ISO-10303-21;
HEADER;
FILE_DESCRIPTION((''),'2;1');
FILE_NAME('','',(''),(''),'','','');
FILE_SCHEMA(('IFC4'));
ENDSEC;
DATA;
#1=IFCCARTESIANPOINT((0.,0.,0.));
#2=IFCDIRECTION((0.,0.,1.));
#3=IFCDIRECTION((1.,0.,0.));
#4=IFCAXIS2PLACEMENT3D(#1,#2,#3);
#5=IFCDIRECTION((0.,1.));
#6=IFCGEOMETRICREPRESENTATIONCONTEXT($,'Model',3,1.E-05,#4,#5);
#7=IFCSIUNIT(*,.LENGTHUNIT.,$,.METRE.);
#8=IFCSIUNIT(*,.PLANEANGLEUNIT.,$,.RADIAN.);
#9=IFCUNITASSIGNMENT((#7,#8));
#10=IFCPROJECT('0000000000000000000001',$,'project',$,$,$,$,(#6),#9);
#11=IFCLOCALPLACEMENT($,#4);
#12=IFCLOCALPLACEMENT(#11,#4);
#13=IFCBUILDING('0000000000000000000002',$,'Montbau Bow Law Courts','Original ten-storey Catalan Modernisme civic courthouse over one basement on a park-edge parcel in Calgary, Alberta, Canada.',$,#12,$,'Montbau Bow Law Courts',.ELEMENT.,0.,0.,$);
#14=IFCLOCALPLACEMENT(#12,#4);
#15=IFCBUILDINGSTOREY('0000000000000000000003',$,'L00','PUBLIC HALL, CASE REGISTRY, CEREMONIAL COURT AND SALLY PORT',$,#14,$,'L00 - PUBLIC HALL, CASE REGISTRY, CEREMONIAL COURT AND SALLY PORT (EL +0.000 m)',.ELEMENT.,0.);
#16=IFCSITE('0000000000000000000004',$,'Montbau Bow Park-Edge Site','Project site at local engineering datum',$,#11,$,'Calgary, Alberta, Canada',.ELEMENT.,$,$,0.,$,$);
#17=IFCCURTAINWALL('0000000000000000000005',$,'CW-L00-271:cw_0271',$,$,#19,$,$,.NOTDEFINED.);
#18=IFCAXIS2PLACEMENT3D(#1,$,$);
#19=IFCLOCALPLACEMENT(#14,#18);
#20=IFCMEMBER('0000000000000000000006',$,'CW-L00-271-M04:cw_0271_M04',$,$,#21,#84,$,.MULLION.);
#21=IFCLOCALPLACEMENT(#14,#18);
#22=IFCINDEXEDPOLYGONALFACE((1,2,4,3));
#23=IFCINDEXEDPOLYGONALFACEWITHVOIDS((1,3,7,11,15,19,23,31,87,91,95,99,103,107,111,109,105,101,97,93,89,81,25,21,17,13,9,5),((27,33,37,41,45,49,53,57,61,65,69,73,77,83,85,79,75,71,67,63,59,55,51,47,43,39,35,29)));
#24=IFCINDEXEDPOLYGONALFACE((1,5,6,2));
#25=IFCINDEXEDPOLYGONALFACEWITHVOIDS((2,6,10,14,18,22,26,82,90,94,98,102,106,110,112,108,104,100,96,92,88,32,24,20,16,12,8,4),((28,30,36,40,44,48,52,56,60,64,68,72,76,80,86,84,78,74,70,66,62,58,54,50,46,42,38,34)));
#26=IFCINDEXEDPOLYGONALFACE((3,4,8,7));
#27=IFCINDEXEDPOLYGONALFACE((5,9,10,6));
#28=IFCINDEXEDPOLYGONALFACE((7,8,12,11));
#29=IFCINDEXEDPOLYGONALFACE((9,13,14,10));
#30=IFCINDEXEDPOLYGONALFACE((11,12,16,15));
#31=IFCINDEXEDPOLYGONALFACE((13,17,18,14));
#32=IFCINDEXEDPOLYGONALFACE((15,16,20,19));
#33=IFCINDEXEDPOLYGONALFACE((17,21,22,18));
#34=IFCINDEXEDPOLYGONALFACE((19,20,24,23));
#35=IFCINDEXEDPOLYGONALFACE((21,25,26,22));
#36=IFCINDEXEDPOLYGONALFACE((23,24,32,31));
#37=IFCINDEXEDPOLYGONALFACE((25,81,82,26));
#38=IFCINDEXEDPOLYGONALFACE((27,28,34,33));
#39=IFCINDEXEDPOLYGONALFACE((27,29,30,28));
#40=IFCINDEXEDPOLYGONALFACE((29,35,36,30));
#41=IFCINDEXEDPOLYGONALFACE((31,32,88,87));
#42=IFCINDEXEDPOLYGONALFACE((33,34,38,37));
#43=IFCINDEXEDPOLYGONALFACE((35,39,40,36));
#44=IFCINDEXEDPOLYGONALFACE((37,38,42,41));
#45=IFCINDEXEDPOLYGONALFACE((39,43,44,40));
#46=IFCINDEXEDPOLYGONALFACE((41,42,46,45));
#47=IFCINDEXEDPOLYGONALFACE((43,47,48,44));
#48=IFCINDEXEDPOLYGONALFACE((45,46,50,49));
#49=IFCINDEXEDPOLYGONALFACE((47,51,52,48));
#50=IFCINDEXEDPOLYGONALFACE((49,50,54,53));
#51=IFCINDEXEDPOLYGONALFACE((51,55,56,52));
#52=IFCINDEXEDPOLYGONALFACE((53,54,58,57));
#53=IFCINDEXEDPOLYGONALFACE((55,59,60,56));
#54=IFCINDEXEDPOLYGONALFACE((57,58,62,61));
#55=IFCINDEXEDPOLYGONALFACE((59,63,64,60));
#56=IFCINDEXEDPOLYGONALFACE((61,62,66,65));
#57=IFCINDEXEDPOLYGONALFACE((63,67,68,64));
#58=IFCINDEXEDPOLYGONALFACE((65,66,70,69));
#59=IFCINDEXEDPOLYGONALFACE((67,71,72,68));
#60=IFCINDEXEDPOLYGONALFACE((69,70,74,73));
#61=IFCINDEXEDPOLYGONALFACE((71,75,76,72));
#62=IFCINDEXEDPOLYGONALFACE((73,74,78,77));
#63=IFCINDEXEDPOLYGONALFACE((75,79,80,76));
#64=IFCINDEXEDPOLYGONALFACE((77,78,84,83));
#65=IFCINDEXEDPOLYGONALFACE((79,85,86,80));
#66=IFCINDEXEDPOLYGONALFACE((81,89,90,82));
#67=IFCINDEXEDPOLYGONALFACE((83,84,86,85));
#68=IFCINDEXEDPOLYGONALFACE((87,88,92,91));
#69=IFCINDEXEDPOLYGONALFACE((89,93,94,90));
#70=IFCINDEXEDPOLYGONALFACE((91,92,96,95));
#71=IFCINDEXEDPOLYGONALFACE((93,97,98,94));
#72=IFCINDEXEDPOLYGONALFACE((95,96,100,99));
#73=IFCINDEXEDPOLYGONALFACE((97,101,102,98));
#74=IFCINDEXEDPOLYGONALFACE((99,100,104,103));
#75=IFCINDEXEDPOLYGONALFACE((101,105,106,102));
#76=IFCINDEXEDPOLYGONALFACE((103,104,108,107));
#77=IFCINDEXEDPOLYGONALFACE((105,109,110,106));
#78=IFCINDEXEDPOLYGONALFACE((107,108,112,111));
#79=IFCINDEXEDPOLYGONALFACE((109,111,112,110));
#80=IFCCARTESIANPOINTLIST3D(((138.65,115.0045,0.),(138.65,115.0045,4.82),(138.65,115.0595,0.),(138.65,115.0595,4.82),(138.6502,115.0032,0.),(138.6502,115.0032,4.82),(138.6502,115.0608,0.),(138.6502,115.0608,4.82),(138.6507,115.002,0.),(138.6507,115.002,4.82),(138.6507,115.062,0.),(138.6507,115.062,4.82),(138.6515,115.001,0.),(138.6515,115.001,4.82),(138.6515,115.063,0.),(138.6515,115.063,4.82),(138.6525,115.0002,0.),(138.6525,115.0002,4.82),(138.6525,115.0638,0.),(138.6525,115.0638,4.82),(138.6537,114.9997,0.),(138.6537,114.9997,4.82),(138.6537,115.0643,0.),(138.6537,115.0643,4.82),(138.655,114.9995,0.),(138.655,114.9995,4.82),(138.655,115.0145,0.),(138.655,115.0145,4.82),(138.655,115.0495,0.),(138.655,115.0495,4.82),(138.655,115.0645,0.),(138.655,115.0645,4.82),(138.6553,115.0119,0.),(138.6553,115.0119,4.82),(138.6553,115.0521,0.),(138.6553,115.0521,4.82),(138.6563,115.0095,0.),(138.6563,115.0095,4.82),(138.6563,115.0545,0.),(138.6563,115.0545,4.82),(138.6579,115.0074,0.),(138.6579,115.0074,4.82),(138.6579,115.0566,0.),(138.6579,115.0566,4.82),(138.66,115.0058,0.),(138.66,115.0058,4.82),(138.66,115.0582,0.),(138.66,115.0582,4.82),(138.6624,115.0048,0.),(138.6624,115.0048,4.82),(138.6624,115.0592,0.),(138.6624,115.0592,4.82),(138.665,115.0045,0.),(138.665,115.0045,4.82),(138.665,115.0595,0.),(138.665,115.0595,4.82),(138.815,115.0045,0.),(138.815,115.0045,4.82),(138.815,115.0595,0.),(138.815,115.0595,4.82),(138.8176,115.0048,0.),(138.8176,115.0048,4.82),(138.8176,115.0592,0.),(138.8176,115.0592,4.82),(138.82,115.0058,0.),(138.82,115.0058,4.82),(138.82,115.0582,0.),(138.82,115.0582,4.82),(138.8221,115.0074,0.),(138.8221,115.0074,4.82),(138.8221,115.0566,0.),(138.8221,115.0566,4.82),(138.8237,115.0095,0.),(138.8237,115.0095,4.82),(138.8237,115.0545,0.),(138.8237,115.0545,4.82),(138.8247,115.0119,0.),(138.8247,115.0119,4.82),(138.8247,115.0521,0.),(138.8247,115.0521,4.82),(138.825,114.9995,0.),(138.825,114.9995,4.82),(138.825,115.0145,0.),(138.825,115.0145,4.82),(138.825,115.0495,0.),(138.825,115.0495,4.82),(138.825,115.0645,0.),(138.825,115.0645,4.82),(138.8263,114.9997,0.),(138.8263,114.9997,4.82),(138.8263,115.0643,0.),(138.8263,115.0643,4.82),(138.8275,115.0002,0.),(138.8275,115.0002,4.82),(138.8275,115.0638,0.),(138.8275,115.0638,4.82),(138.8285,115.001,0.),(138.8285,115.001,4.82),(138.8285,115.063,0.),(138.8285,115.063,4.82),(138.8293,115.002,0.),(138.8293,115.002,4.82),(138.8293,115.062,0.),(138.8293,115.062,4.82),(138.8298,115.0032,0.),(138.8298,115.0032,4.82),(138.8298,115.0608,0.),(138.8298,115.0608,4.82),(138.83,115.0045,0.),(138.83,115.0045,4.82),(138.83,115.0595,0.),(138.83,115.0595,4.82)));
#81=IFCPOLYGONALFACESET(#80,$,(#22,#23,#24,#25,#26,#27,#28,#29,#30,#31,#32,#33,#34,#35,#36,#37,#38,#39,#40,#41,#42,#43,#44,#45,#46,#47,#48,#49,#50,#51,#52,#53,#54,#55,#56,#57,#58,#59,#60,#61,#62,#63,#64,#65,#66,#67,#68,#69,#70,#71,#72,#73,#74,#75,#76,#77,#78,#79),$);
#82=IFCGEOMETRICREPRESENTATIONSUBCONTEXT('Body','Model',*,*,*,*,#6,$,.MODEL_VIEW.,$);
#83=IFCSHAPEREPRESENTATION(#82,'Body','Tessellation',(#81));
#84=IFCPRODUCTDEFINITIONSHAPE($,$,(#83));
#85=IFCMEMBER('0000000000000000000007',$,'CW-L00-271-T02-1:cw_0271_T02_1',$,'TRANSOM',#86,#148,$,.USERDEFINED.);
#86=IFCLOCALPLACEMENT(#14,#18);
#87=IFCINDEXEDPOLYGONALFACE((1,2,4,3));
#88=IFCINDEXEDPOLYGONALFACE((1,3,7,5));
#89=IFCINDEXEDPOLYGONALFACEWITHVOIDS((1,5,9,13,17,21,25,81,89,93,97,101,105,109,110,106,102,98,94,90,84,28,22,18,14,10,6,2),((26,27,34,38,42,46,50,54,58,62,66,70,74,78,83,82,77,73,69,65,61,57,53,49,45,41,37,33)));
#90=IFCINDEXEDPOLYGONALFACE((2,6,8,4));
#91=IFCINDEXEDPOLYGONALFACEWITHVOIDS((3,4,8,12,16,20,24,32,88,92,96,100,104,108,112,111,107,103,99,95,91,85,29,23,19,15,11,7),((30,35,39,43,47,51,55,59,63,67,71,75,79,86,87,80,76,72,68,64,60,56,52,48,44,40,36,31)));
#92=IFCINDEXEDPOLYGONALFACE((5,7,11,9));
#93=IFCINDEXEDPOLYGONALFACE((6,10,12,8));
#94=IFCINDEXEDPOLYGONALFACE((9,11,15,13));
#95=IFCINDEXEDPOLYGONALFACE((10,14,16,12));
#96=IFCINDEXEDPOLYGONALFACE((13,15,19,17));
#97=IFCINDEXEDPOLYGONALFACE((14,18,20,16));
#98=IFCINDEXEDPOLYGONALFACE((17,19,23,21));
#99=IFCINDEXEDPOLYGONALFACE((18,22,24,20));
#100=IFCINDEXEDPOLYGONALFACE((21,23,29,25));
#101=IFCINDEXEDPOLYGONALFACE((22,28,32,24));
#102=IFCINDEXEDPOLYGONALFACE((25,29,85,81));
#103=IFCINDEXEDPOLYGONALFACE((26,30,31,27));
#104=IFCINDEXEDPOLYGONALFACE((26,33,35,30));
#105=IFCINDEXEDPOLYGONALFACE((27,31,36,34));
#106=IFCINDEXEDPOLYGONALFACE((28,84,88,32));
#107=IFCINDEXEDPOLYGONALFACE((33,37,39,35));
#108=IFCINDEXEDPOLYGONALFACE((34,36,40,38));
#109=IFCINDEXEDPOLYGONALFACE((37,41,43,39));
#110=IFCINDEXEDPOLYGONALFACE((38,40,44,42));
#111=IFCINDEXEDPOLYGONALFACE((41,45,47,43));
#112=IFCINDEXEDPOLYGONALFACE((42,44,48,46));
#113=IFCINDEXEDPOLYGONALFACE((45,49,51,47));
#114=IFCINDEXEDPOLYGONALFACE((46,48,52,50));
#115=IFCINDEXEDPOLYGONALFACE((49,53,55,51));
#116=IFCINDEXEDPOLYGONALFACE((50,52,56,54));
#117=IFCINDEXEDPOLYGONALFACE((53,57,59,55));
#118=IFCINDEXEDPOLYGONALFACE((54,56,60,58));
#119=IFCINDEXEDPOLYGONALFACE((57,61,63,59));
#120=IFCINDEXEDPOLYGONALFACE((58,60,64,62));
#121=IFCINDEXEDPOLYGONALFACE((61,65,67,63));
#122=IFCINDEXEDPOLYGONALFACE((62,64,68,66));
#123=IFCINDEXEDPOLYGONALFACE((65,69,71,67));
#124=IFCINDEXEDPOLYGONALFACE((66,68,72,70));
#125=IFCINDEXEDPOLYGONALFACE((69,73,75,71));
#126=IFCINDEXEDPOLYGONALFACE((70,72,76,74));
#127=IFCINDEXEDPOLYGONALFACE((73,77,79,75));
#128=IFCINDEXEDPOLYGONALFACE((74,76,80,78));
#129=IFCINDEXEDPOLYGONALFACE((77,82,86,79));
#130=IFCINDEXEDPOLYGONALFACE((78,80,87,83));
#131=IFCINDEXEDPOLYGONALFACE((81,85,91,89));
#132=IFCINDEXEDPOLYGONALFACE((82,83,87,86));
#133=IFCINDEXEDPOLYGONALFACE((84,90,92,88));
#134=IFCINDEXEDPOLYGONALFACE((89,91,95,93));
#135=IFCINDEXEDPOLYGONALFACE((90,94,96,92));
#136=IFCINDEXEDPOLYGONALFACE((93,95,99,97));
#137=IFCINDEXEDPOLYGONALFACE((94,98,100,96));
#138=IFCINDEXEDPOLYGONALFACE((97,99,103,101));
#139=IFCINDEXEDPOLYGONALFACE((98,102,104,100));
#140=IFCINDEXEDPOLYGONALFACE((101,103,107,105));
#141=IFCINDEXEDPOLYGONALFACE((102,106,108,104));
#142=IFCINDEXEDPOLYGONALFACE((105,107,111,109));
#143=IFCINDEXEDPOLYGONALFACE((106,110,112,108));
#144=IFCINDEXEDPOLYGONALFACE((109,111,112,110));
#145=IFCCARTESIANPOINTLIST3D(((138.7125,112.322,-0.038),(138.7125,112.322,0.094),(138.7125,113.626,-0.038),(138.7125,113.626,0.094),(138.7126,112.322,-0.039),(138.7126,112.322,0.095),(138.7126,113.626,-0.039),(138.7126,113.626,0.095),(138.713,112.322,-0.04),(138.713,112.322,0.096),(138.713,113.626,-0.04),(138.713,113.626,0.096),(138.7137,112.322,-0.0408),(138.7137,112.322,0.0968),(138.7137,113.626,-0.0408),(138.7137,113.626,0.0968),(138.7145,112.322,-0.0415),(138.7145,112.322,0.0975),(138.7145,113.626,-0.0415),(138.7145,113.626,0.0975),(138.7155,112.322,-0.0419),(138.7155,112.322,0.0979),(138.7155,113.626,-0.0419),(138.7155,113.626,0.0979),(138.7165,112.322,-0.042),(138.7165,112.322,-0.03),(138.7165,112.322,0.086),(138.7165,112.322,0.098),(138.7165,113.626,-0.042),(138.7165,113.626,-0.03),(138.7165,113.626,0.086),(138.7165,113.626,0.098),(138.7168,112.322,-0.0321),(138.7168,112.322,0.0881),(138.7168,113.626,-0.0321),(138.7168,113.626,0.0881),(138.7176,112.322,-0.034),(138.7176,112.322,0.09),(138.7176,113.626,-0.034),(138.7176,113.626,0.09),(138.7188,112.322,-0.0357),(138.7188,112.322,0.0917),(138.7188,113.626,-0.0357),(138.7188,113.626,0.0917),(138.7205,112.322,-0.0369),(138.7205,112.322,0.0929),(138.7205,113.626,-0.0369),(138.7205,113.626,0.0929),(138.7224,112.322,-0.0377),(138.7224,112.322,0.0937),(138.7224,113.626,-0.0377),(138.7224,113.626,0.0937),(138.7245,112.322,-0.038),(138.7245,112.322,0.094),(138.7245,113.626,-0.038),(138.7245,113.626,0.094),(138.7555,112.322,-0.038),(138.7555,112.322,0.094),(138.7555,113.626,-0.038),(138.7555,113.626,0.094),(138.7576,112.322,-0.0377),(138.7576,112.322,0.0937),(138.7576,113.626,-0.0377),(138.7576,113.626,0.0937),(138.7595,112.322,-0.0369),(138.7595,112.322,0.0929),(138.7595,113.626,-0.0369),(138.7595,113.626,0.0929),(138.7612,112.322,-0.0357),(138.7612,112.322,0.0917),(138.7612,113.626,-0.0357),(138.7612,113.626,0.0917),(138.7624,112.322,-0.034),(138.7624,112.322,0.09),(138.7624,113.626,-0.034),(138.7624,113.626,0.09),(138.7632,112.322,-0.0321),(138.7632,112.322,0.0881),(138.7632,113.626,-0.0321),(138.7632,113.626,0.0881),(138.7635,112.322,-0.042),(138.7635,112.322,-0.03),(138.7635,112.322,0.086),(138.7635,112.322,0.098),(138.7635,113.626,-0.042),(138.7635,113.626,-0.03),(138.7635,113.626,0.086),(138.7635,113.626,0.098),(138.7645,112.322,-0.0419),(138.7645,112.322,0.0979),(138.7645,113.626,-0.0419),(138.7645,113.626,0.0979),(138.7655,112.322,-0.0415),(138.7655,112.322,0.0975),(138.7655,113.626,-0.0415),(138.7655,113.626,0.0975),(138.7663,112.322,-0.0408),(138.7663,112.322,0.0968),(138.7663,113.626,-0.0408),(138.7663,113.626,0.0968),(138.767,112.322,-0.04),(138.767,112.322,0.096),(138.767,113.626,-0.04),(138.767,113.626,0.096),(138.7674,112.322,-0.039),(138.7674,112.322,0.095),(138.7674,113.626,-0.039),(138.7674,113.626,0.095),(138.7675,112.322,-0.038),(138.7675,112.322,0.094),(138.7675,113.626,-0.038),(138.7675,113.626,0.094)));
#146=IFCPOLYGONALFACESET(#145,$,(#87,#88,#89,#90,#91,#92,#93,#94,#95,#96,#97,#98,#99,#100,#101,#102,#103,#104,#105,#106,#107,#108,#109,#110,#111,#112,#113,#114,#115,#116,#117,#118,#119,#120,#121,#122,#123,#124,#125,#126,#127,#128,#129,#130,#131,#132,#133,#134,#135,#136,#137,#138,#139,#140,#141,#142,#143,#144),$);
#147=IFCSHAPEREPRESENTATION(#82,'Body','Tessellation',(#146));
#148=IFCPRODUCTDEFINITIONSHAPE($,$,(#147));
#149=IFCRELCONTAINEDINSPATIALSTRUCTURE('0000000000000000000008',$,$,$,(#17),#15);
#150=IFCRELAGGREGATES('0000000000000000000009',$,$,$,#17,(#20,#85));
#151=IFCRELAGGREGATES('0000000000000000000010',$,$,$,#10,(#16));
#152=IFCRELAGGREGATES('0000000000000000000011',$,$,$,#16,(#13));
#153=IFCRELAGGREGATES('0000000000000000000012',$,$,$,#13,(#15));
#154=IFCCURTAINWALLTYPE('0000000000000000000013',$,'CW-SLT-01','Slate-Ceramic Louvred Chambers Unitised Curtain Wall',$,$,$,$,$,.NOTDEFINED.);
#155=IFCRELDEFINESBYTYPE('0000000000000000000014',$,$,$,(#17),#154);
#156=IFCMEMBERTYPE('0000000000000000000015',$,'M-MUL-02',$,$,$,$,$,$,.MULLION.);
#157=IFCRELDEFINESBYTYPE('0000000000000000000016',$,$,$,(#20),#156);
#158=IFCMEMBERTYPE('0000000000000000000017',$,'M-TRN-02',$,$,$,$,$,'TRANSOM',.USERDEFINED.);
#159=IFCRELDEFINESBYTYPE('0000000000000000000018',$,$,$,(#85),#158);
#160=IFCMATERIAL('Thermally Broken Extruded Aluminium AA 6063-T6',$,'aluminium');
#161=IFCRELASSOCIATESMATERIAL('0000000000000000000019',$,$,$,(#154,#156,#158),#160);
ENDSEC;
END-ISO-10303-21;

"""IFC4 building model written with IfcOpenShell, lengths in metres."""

from ifc_helpers import new_model, si_unit, direction, frame, origin_with_axes, origin_2d_with_axis, place, context, subcontext, project, spatial, hollow_rectangle, extrude, material, material_profile, profile_set, type_object, element, aggregate, save


model = new_model("IFC4")

# Units and contexts
model_context = context("Model", 3, precision=1e-05, world=origin_with_axes(), true_north=direction((0.0, 1.0)))
body_context = subcontext(model_context, "Body", "Model", "MODEL_VIEW")
ifc_project = project(units=[si_unit("LENGTHUNIT", "METRE"), si_unit("PLANEANGLEUNIT", "RADIAN")], contexts=[model_context])

# Site, building, storey
site_placement = place(None, origin_with_axes())
site = spatial("IfcSite", under=ifc_project, at=site_placement, Name="Montbau Bow Park-Edge Site", Description="Project site at local engineering datum", LongName="Calgary, Alberta, Canada", CompositionType="ELEMENT", RefElevation=0.0)
building_placement = place(site_placement, origin_with_axes())
building = spatial("IfcBuilding", under=site, at=building_placement, Name="Montbau Bow Law Courts", Description="Original ten-storey Catalan Modernisme civic courthouse over one basement on a park-edge parcel in Calgary, Alberta, Canada.", LongName="Montbau Bow Law Courts", CompositionType="ELEMENT", ElevationOfRefHeight=0.0, ElevationOfTerrain=0.0)
storey_placement = place(building_placement, origin_with_axes())
storey = spatial("IfcBuildingStorey", under=building, at=storey_placement, Name="L00", Description="PUBLIC HALL, CASE REGISTRY, CEREMONIAL COURT AND SALLY PORT", LongName="L00 - PUBLIC HALL, CASE REGISTRY, CEREMONIAL COURT AND SALLY PORT (EL +0.000 m)", CompositionType="ELEMENT", Elevation=0.0)

# Curtain wall, members
ifc_material_1 = material(Name="Thermally Broken Extruded Aluminium AA 6063-T6", Category="aluminium")
curtain_wall_type = type_object("IfcCurtainWallType", Name="CW-SLT-01", Description="Slate-Ceramic Louvred Chambers Unitised Curtain Wall", PredefinedType="NOTDEFINED", material=ifc_material_1)
curtain_wall_placement = place(None, frame((138.74, 110.915, 0.0), z_axis=(0.0, 0.0, 1.0), x_axis=(1.0, 0.0, 0.0)))
curtain_wall = element("IfcCurtainWall", 1, at=curtain_wall_placement, inside=storey, type_object=curtain_wall_type, Name="CW-L00-271:cw_0271", PredefinedType="NOTDEFINED")
ifc_material_profile_1 = material_profile(ifc_material_1, hollow_rectangle(XDim=0.065, YDim=0.18, WallThickness=0.005, InnerFilletRadius=0.01, OuterFilletRadius=0.005, at=origin_2d_with_axis()), Name="CWM-180X65", Category="Main", Priority=0)
ifc_profile_set_1 = profile_set([ifc_material_profile_1], Name="Thermally Broken Extruded Aluminium AA 6063-T6")
member_type_1 = type_object("IfcMemberType", Name="M-MUL-02", PredefinedType="MULLION", material=ifc_profile_set_1)
member_1_placement = place(None, frame((138.74, 115.032, 0.0), z_axis=(0.0, 0.0, 1.0), x_axis=(0.0, 1.0, 0.0)))
member_1 = element("IfcMember", 2, at=member_1_placement, type_object=member_type_1, Name="CW-L00-271-M04:cw_0271_M04", PredefinedType="MULLION", context=body_context, shape_type="SweptSolid", body=[
    extrude(hollow_rectangle(XDim=0.065, YDim=0.18, WallThickness=0.005, InnerFilletRadius=0.01, OuterFilletRadius=0.005, at=origin_2d_with_axis()), origin_with_axes(), (0.0, 0.0, 1.0), 4.82),
])
ifc_material_profile_2 = material_profile(ifc_material_1, hollow_rectangle(XDim=0.055, YDim=0.14, WallThickness=0.004, InnerFilletRadius=0.008, OuterFilletRadius=0.004, at=origin_2d_with_axis()), Name="CWT-140X55", Category="Main", Priority=0)
ifc_profile_set_2 = profile_set([ifc_material_profile_2], Name="Thermally Broken Extruded Aluminium AA 6063-T6")
member_type_2 = type_object("IfcMemberType", Name="M-TRN-02", ElementType="TRANSOM", PredefinedType="USERDEFINED", material=ifc_profile_set_2)
member_2_placement = place(None, frame((138.74, 112.322, 0.028), z_axis=(0.0, 1.0, 0.0), x_axis=(-1.0, 0.0, 0.0)))
member_2 = element("IfcMember", 3, at=member_2_placement, type_object=member_type_2, Name="CW-L00-271-T02-1:cw_0271_T02_1", ObjectType="TRANSOM", PredefinedType="USERDEFINED", context=body_context, shape_type="SweptSolid", body=[
    extrude(hollow_rectangle(XDim=0.055, YDim=0.14, WallThickness=0.004, InnerFilletRadius=0.008, OuterFilletRadius=0.004, at=origin_2d_with_axis()), origin_with_axes(), (0.0, 0.0, 1.0), 1.304),
])

aggregate(curtain_wall, [member_1, member_2])

save(model, "model.ifc")
